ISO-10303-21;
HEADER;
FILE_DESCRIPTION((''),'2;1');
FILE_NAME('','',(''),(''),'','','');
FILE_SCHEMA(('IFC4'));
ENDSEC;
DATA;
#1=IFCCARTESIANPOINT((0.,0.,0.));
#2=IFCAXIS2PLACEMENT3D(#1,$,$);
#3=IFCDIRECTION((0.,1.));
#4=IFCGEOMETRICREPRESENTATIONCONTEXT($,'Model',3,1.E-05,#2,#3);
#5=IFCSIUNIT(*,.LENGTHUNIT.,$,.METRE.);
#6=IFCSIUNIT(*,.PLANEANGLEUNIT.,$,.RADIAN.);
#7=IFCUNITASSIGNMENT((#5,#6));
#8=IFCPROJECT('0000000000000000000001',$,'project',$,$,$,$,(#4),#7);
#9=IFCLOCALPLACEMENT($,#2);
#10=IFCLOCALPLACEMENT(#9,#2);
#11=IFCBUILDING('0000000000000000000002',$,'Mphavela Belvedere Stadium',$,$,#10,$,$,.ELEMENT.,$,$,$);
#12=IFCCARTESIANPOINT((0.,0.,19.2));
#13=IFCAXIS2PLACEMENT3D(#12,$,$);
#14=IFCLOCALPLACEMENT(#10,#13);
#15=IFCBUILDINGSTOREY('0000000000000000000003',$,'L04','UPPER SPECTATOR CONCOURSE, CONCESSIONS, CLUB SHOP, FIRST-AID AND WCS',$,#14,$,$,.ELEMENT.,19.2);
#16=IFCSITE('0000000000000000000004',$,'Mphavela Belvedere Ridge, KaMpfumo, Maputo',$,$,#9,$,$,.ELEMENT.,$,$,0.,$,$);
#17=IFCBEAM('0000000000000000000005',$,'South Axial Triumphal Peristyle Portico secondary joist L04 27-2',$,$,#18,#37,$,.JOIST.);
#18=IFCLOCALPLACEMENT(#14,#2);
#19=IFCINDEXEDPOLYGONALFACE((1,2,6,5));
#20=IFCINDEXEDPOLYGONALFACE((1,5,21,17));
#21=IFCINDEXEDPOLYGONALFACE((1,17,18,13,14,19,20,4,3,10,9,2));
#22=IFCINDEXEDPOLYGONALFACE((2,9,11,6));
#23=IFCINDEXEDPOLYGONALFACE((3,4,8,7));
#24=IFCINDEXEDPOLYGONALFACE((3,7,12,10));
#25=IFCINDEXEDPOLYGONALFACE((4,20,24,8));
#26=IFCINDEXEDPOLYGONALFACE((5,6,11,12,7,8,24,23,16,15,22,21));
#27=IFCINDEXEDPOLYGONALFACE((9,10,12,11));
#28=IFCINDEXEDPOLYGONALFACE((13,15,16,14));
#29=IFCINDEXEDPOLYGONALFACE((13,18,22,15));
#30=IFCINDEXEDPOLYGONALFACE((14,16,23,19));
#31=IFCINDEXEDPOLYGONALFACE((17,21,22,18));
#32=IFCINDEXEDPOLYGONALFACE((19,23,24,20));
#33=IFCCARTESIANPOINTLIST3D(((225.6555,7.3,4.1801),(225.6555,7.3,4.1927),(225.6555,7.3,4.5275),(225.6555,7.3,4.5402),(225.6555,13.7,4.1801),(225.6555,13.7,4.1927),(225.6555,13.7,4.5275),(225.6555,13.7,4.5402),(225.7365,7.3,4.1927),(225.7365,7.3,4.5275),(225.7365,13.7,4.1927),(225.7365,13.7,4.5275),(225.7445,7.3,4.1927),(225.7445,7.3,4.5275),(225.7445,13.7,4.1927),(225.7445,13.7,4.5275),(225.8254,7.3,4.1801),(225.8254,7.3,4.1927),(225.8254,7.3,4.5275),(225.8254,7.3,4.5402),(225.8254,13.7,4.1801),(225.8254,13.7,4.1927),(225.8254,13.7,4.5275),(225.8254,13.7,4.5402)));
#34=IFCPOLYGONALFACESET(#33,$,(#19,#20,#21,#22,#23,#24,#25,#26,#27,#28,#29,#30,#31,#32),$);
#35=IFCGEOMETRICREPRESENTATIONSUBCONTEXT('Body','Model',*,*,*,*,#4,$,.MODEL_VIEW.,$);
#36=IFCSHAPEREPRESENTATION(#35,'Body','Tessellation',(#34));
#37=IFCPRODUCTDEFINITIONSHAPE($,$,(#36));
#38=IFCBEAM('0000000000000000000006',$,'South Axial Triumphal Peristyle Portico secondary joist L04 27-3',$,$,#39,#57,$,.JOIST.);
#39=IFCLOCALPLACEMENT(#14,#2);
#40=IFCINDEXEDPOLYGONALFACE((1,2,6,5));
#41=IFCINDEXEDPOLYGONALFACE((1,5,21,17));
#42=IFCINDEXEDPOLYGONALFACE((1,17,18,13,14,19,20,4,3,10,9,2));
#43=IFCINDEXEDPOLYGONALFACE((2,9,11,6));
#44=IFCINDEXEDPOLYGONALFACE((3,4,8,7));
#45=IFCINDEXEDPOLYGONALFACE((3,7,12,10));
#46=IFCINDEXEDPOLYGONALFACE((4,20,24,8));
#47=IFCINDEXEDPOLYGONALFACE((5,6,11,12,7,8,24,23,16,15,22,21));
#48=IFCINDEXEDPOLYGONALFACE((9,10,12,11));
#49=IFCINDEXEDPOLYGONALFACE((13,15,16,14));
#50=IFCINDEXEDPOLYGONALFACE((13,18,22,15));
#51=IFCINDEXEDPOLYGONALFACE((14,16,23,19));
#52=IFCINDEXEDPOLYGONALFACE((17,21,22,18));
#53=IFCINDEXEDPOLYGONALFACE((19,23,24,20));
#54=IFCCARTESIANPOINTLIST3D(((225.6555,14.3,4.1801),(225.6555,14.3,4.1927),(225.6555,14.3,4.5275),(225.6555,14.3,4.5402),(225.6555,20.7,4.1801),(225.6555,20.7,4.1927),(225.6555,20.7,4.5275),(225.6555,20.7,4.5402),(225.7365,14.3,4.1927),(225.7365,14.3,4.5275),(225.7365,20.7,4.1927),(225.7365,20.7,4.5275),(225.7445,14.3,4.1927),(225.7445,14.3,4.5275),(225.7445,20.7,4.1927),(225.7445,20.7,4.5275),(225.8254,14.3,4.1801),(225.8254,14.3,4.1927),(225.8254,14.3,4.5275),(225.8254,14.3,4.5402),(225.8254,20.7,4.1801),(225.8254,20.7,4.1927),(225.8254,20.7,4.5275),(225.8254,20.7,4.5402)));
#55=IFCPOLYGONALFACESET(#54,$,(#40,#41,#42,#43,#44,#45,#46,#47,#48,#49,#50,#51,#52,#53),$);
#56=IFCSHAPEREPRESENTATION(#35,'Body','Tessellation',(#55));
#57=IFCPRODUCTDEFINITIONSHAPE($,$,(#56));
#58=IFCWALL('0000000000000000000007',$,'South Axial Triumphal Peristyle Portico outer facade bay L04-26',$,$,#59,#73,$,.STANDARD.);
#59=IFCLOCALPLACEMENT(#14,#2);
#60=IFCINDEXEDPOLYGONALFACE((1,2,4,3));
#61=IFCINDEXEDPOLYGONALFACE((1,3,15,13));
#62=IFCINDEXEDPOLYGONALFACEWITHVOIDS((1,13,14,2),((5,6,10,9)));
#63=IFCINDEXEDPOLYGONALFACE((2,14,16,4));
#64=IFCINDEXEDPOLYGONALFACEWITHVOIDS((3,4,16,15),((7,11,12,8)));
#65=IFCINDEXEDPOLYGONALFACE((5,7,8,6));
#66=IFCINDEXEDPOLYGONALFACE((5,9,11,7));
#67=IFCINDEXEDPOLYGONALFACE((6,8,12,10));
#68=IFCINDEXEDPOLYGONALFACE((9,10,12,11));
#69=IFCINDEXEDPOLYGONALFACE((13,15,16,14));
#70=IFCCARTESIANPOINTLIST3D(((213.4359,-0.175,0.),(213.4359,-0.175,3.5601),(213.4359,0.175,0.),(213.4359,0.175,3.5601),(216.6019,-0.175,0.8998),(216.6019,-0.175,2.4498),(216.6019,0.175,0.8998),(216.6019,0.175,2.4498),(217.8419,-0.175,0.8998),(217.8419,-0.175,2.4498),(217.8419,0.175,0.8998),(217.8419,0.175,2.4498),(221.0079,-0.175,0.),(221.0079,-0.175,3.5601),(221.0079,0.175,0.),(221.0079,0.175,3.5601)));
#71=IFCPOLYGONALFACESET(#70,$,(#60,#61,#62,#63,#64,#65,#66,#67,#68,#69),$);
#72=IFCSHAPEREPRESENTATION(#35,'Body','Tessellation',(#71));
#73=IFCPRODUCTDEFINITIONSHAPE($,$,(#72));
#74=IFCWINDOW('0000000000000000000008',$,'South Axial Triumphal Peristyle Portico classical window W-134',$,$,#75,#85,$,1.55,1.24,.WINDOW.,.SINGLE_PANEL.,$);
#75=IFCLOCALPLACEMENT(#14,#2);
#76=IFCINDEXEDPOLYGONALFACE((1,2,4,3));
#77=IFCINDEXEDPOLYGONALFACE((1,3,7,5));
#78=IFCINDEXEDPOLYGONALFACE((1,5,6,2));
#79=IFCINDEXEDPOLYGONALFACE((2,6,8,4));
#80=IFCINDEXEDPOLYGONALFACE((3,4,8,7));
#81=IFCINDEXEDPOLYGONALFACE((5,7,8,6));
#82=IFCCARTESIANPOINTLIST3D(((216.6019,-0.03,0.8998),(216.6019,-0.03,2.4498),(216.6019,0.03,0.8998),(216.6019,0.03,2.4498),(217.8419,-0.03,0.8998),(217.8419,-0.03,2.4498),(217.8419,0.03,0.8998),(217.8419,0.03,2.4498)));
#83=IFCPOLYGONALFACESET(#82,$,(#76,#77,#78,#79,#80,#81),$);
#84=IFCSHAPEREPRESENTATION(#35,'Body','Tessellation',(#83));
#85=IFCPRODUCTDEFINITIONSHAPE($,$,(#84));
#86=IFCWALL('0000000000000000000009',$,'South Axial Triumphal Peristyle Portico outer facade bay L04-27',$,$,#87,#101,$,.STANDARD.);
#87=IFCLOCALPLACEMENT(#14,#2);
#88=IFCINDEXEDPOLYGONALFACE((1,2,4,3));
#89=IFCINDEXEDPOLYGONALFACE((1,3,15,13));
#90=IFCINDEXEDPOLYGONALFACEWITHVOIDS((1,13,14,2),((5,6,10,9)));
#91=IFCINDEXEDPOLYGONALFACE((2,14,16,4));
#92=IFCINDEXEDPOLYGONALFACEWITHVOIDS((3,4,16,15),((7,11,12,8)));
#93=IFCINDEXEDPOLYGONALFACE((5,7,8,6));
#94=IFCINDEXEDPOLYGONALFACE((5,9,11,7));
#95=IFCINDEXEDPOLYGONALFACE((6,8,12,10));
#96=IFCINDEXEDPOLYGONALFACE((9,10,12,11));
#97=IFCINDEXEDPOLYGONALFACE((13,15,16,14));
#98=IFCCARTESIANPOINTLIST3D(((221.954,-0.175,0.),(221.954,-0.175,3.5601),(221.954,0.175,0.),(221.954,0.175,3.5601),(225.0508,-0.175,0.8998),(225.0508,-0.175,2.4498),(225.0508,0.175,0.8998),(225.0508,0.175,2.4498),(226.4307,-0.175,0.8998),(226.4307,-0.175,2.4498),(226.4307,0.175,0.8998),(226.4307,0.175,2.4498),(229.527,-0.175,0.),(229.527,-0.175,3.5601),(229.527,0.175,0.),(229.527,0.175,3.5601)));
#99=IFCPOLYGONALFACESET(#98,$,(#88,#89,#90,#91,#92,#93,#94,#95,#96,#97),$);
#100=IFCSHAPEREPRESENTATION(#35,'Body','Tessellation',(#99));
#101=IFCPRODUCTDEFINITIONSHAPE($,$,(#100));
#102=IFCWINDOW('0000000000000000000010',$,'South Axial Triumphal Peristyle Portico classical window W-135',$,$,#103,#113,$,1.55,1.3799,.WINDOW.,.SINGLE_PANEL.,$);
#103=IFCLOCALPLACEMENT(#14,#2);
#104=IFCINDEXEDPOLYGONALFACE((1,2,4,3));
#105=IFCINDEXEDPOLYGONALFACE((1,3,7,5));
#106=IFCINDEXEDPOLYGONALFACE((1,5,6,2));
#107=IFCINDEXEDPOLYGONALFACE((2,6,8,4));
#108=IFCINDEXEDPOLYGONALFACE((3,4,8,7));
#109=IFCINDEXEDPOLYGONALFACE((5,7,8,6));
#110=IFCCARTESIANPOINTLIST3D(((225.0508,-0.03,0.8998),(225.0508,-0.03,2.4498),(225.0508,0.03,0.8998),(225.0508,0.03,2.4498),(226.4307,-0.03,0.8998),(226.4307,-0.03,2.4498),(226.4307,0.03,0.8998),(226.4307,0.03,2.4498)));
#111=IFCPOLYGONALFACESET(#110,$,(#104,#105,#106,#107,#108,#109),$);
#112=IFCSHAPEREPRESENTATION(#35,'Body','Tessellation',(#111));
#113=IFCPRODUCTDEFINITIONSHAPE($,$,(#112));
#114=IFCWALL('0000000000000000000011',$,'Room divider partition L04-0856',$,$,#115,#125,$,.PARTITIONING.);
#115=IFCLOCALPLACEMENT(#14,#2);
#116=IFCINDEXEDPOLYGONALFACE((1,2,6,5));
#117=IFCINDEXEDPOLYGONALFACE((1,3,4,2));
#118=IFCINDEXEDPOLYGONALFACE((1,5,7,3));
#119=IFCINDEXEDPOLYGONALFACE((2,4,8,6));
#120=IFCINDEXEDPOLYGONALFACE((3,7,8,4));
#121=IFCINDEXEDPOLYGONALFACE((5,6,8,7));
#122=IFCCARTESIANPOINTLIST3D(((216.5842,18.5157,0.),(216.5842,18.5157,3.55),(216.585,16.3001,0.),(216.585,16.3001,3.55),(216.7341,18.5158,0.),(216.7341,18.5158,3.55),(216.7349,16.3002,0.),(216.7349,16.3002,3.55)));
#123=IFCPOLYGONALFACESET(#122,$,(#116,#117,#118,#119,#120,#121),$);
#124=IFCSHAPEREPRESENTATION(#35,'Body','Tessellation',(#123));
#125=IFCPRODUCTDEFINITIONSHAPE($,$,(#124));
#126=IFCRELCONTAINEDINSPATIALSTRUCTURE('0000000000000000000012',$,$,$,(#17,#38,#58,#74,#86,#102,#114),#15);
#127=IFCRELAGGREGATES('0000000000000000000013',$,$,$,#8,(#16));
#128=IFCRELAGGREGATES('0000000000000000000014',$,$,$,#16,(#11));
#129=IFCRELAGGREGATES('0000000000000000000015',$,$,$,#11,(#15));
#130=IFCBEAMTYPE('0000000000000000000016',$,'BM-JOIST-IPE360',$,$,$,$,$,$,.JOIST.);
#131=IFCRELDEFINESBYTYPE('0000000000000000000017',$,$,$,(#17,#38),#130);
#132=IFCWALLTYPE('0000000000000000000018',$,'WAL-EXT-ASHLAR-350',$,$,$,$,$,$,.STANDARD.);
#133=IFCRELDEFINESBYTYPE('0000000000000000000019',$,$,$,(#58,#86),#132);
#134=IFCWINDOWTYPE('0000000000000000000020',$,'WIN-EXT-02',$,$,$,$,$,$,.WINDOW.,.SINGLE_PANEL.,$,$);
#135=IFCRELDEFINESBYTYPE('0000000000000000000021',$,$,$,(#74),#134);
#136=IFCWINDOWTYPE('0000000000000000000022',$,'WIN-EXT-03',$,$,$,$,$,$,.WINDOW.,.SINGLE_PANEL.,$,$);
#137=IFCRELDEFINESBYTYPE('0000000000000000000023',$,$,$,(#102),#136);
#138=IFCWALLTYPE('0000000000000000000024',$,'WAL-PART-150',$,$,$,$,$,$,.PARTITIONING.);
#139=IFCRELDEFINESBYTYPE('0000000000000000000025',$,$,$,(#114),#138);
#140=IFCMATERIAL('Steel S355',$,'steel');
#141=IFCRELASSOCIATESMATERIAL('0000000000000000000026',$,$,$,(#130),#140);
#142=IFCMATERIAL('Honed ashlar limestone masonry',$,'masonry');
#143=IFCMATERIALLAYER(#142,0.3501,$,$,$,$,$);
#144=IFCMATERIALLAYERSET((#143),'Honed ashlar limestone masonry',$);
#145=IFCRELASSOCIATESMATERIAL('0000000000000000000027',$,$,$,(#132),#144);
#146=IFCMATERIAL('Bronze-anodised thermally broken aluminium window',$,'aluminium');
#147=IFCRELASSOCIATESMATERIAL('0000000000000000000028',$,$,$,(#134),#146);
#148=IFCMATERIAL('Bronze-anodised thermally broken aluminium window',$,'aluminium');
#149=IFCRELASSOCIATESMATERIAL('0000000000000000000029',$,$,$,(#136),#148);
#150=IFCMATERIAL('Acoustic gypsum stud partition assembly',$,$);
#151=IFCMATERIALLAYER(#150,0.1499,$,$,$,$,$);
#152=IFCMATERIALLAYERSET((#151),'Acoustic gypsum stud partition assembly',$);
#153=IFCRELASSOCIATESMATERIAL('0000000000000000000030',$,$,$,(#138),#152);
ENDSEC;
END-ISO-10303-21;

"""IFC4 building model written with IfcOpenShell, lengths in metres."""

from ifc_helpers import new_model, si_unit, direction, frame, frame_2d, origin, origin_2d, place, context, subcontext, project, spatial, rectangle, i_section, extrude, material, layer, layer_set, material_profile, profile_set, type_object, element, fill, save


model = new_model("IFC4")

# Units and contexts
model_context = context("Model", 3, precision=1e-05, world=origin(), true_north=direction((0.0, 1.0)))
body_context = subcontext(model_context, "Body", "Model", "MODEL_VIEW")
ifc_project = project(units=[si_unit("LENGTHUNIT", "METRE"), si_unit("PLANEANGLEUNIT", "RADIAN")], contexts=[model_context])

# Site, building, storey
site_placement = place(None, origin())
site = spatial("IfcSite", under=ifc_project, at=site_placement, Name="Mphavela Belvedere Ridge, KaMpfumo, Maputo", CompositionType="ELEMENT", RefElevation=0.0)
building_placement = place(site_placement, origin())
building = spatial("IfcBuilding", under=site, at=building_placement, Name="Mphavela Belvedere Stadium", CompositionType="ELEMENT")
storey_placement = place(building_placement, frame((0.0, 0.0, 19.2)))
storey = spatial("IfcBuildingStorey", under=building, at=storey_placement, Name="L04", Description="UPPER SPECTATOR CONCOURSE, CONCESSIONS, CLUB SHOP, FIRST-AID AND WCS", CompositionType="ELEMENT", Elevation=19.2)

# Beams
ifc_material_1 = material(Name="Steel S355", Category="steel")
ifc_material_profile_1 = material_profile(ifc_material_1, i_section(OverallWidth=0.1699, OverallDepth=0.3601, WebThickness=0.0081, FlangeThickness=0.0127, at=origin_2d()), Name="IPE 360")
ifc_profile_set_1 = profile_set([ifc_material_profile_1], Name="Steel S355")
beam_type_1 = type_object("IfcBeamType", Name="BM-JOIST-IPE360", PredefinedType="JOIST", material=ifc_profile_set_1)
for number, where, z_axis, x_axis, name in (
    (1, (225.7405, 7.3, 4.3601), (0.0, 1.0, 0.0), (-1.0, 0.0, 0.0), "South Axial Triumphal Peristyle Portico secondary joist L04 27-2"),
    (2, (225.7405, 14.3, 4.3601), (0.0, 1.0, 0.0), (-1.0, 0.0, 0.0), "South Axial Triumphal Peristyle Portico secondary joist L04 27-3"),
):
    element("IfcBeam", number, at=place(storey_placement, frame(where, z_axis=z_axis, x_axis=x_axis)), inside=storey, type_object=beam_type_1, Name=name, PredefinedType="JOIST", context=body_context, shape_type="SweptSolid", body=[
        extrude(i_section(OverallWidth=0.1699, OverallDepth=0.3601, WebThickness=0.0081, FlangeThickness=0.0127, at=origin_2d()), origin(), (0.0, 0.0, 1.0), 6.3999),
    ])

# Walls, openings, windows
ifc_material_2 = material(Name="Honed ashlar limestone masonry", Category="masonry")
ifc_layer_1 = layer(ifc_material_2, 0.3501)
ifc_layer_set_1 = layer_set([ifc_layer_1], Name="Honed ashlar limestone masonry")
wall_type_1 = type_object("IfcWallType", Name="WAL-EXT-ASHLAR-350", PredefinedType="STANDARD", material=ifc_layer_set_1)
wall_1_placement = place(storey_placement, frame((221.0081, 0.0, 0.0), z_axis=(0.0, 0.0, 1.0), x_axis=(-1.0, 0.0, 0.0)))
wall_1 = element("IfcWall", 3, at=wall_1_placement, inside=storey, type_object=wall_type_1, Name="South Axial Triumphal Peristyle Portico outer facade bay L04-26", PredefinedType="STANDARD", context=body_context, shape_type="SweptSolid", body=[
    extrude(rectangle(XDim=7.572, YDim=0.3501, at=frame_2d((3.7861, 0.0))), origin(), (0.0, 0.0, 1.0), 3.5601),
])
opening_1_placement = place(wall_1_placement, frame((3.166, 0.0, 0.8999)))
opening_1 = element("IfcOpeningElement", 4, at=opening_1_placement, cuts=wall_1, PredefinedType="OPENING", context=body_context, shape_type="SweptSolid", body=[
    extrude(rectangle(XDim=1.24, YDim=1.55, at=frame_2d((0.6201, 0.7749))), frame((0.0, 0.1851, 0.0), z_axis=(0.0, -1.0, 0.0), x_axis=(1.0, 0.0, 0.0)), (0.0, 0.0, 1.0), 0.3701),
])
ifc_material_3 = material(Name="Bronze-anodised thermally broken aluminium window", Category="aluminium")
window_type_1 = type_object("IfcWindowType", Name="WIN-EXT-02", PartitioningType="SINGLE_PANEL", PredefinedType="WINDOW", material=ifc_material_3)
window_1_placement = place(opening_1_placement, origin())
window_1 = element("IfcWindow", 5, at=window_1_placement, inside=storey, type_object=window_type_1, Name="South Axial Triumphal Peristyle Portico classical window W-134", OverallHeight=1.55, OverallWidth=1.24, PartitioningType="SINGLE_PANEL", PredefinedType="WINDOW", context=body_context, shape_type="SweptSolid", body=[
    extrude(rectangle(XDim=1.24, YDim=1.55, at=frame_2d((0.6201, 0.7749))), frame((0.0, 0.03, 0.0), z_axis=(0.0, -1.0, 0.0), x_axis=(1.0, 0.0, 0.0)), (0.0, 0.0, 1.0), 0.0601),
])
fill(opening_1, window_1)
wall_2_placement = place(storey_placement, frame((229.5271, 0.0, 0.0), z_axis=(0.0, 0.0, 1.0), x_axis=(-1.0, 0.0, 0.0)))
wall_2 = element("IfcWall", 6, at=wall_2_placement, inside=storey, type_object=wall_type_1, Name="South Axial Triumphal Peristyle Portico outer facade bay L04-27", PredefinedType="STANDARD", context=body_context, shape_type="SweptSolid", body=[
    extrude(rectangle(XDim=7.573, YDim=0.3501, at=frame_2d((3.7866, 0.0))), origin(), (0.0, 0.0, 1.0), 3.5601),
])
opening_2_placement = place(wall_2_placement, frame((3.0964, 0.0, 0.8999)))
opening_2 = element("IfcOpeningElement", 7, at=opening_2_placement, cuts=wall_2, PredefinedType="OPENING", context=body_context, shape_type="SweptSolid", body=[
    extrude(rectangle(XDim=1.3799, YDim=1.55, at=frame_2d((0.6899, 0.7749))), frame((0.0, 0.1851, 0.0), z_axis=(0.0, -1.0, 0.0), x_axis=(1.0, 0.0, 0.0)), (0.0, 0.0, 1.0), 0.3701),
])
ifc_material_4 = material(Name="Bronze-anodised thermally broken aluminium window", Category="aluminium")
window_type_2 = type_object("IfcWindowType", Name="WIN-EXT-03", PartitioningType="SINGLE_PANEL", PredefinedType="WINDOW", material=ifc_material_4)
window_2_placement = place(opening_2_placement, origin())
window_2 = element("IfcWindow", 8, at=window_2_placement, inside=storey, type_object=window_type_2, Name="South Axial Triumphal Peristyle Portico classical window W-135", OverallHeight=1.55, OverallWidth=1.3799, PartitioningType="SINGLE_PANEL", PredefinedType="WINDOW", context=body_context, shape_type="SweptSolid", body=[
    extrude(rectangle(XDim=1.3799, YDim=1.55, at=frame_2d((0.6899, 0.7749))), frame((0.0, 0.03, 0.0), z_axis=(0.0, -1.0, 0.0), x_axis=(1.0, 0.0, 0.0)), (0.0, 0.0, 1.0), 0.0601),
])
fill(opening_2, window_2)

# Wall
ifc_material_5 = material(Name="Acoustic gypsum stud partition assembly")
ifc_layer_2 = layer(ifc_material_5, 0.1499)
ifc_layer_set_2 = layer_set([ifc_layer_2], Name="Acoustic gypsum stud partition assembly")
wall_type_2 = type_object("IfcWallType", Name="WAL-PART-150", PredefinedType="PARTITIONING", material=ifc_layer_set_2)
wall_3_placement = place(storey_placement, frame((216.6599, 16.3, 0.0), z_axis=(0.0, 0.0, 1.0), x_axis=(-0.000331, 1.0, 0.0)))
element("IfcWall", 9, at=wall_3_placement, inside=storey, type_object=wall_type_2, Name="Room divider partition L04-0856", PredefinedType="PARTITIONING", context=body_context, shape_type="SweptSolid", body=[
    extrude(rectangle(XDim=2.2156, YDim=0.1499, at=frame_2d((1.1079, 0.0))), origin(), (0.0, 0.0, 1.0), 3.55),
])

save(model, "model.ifc")
